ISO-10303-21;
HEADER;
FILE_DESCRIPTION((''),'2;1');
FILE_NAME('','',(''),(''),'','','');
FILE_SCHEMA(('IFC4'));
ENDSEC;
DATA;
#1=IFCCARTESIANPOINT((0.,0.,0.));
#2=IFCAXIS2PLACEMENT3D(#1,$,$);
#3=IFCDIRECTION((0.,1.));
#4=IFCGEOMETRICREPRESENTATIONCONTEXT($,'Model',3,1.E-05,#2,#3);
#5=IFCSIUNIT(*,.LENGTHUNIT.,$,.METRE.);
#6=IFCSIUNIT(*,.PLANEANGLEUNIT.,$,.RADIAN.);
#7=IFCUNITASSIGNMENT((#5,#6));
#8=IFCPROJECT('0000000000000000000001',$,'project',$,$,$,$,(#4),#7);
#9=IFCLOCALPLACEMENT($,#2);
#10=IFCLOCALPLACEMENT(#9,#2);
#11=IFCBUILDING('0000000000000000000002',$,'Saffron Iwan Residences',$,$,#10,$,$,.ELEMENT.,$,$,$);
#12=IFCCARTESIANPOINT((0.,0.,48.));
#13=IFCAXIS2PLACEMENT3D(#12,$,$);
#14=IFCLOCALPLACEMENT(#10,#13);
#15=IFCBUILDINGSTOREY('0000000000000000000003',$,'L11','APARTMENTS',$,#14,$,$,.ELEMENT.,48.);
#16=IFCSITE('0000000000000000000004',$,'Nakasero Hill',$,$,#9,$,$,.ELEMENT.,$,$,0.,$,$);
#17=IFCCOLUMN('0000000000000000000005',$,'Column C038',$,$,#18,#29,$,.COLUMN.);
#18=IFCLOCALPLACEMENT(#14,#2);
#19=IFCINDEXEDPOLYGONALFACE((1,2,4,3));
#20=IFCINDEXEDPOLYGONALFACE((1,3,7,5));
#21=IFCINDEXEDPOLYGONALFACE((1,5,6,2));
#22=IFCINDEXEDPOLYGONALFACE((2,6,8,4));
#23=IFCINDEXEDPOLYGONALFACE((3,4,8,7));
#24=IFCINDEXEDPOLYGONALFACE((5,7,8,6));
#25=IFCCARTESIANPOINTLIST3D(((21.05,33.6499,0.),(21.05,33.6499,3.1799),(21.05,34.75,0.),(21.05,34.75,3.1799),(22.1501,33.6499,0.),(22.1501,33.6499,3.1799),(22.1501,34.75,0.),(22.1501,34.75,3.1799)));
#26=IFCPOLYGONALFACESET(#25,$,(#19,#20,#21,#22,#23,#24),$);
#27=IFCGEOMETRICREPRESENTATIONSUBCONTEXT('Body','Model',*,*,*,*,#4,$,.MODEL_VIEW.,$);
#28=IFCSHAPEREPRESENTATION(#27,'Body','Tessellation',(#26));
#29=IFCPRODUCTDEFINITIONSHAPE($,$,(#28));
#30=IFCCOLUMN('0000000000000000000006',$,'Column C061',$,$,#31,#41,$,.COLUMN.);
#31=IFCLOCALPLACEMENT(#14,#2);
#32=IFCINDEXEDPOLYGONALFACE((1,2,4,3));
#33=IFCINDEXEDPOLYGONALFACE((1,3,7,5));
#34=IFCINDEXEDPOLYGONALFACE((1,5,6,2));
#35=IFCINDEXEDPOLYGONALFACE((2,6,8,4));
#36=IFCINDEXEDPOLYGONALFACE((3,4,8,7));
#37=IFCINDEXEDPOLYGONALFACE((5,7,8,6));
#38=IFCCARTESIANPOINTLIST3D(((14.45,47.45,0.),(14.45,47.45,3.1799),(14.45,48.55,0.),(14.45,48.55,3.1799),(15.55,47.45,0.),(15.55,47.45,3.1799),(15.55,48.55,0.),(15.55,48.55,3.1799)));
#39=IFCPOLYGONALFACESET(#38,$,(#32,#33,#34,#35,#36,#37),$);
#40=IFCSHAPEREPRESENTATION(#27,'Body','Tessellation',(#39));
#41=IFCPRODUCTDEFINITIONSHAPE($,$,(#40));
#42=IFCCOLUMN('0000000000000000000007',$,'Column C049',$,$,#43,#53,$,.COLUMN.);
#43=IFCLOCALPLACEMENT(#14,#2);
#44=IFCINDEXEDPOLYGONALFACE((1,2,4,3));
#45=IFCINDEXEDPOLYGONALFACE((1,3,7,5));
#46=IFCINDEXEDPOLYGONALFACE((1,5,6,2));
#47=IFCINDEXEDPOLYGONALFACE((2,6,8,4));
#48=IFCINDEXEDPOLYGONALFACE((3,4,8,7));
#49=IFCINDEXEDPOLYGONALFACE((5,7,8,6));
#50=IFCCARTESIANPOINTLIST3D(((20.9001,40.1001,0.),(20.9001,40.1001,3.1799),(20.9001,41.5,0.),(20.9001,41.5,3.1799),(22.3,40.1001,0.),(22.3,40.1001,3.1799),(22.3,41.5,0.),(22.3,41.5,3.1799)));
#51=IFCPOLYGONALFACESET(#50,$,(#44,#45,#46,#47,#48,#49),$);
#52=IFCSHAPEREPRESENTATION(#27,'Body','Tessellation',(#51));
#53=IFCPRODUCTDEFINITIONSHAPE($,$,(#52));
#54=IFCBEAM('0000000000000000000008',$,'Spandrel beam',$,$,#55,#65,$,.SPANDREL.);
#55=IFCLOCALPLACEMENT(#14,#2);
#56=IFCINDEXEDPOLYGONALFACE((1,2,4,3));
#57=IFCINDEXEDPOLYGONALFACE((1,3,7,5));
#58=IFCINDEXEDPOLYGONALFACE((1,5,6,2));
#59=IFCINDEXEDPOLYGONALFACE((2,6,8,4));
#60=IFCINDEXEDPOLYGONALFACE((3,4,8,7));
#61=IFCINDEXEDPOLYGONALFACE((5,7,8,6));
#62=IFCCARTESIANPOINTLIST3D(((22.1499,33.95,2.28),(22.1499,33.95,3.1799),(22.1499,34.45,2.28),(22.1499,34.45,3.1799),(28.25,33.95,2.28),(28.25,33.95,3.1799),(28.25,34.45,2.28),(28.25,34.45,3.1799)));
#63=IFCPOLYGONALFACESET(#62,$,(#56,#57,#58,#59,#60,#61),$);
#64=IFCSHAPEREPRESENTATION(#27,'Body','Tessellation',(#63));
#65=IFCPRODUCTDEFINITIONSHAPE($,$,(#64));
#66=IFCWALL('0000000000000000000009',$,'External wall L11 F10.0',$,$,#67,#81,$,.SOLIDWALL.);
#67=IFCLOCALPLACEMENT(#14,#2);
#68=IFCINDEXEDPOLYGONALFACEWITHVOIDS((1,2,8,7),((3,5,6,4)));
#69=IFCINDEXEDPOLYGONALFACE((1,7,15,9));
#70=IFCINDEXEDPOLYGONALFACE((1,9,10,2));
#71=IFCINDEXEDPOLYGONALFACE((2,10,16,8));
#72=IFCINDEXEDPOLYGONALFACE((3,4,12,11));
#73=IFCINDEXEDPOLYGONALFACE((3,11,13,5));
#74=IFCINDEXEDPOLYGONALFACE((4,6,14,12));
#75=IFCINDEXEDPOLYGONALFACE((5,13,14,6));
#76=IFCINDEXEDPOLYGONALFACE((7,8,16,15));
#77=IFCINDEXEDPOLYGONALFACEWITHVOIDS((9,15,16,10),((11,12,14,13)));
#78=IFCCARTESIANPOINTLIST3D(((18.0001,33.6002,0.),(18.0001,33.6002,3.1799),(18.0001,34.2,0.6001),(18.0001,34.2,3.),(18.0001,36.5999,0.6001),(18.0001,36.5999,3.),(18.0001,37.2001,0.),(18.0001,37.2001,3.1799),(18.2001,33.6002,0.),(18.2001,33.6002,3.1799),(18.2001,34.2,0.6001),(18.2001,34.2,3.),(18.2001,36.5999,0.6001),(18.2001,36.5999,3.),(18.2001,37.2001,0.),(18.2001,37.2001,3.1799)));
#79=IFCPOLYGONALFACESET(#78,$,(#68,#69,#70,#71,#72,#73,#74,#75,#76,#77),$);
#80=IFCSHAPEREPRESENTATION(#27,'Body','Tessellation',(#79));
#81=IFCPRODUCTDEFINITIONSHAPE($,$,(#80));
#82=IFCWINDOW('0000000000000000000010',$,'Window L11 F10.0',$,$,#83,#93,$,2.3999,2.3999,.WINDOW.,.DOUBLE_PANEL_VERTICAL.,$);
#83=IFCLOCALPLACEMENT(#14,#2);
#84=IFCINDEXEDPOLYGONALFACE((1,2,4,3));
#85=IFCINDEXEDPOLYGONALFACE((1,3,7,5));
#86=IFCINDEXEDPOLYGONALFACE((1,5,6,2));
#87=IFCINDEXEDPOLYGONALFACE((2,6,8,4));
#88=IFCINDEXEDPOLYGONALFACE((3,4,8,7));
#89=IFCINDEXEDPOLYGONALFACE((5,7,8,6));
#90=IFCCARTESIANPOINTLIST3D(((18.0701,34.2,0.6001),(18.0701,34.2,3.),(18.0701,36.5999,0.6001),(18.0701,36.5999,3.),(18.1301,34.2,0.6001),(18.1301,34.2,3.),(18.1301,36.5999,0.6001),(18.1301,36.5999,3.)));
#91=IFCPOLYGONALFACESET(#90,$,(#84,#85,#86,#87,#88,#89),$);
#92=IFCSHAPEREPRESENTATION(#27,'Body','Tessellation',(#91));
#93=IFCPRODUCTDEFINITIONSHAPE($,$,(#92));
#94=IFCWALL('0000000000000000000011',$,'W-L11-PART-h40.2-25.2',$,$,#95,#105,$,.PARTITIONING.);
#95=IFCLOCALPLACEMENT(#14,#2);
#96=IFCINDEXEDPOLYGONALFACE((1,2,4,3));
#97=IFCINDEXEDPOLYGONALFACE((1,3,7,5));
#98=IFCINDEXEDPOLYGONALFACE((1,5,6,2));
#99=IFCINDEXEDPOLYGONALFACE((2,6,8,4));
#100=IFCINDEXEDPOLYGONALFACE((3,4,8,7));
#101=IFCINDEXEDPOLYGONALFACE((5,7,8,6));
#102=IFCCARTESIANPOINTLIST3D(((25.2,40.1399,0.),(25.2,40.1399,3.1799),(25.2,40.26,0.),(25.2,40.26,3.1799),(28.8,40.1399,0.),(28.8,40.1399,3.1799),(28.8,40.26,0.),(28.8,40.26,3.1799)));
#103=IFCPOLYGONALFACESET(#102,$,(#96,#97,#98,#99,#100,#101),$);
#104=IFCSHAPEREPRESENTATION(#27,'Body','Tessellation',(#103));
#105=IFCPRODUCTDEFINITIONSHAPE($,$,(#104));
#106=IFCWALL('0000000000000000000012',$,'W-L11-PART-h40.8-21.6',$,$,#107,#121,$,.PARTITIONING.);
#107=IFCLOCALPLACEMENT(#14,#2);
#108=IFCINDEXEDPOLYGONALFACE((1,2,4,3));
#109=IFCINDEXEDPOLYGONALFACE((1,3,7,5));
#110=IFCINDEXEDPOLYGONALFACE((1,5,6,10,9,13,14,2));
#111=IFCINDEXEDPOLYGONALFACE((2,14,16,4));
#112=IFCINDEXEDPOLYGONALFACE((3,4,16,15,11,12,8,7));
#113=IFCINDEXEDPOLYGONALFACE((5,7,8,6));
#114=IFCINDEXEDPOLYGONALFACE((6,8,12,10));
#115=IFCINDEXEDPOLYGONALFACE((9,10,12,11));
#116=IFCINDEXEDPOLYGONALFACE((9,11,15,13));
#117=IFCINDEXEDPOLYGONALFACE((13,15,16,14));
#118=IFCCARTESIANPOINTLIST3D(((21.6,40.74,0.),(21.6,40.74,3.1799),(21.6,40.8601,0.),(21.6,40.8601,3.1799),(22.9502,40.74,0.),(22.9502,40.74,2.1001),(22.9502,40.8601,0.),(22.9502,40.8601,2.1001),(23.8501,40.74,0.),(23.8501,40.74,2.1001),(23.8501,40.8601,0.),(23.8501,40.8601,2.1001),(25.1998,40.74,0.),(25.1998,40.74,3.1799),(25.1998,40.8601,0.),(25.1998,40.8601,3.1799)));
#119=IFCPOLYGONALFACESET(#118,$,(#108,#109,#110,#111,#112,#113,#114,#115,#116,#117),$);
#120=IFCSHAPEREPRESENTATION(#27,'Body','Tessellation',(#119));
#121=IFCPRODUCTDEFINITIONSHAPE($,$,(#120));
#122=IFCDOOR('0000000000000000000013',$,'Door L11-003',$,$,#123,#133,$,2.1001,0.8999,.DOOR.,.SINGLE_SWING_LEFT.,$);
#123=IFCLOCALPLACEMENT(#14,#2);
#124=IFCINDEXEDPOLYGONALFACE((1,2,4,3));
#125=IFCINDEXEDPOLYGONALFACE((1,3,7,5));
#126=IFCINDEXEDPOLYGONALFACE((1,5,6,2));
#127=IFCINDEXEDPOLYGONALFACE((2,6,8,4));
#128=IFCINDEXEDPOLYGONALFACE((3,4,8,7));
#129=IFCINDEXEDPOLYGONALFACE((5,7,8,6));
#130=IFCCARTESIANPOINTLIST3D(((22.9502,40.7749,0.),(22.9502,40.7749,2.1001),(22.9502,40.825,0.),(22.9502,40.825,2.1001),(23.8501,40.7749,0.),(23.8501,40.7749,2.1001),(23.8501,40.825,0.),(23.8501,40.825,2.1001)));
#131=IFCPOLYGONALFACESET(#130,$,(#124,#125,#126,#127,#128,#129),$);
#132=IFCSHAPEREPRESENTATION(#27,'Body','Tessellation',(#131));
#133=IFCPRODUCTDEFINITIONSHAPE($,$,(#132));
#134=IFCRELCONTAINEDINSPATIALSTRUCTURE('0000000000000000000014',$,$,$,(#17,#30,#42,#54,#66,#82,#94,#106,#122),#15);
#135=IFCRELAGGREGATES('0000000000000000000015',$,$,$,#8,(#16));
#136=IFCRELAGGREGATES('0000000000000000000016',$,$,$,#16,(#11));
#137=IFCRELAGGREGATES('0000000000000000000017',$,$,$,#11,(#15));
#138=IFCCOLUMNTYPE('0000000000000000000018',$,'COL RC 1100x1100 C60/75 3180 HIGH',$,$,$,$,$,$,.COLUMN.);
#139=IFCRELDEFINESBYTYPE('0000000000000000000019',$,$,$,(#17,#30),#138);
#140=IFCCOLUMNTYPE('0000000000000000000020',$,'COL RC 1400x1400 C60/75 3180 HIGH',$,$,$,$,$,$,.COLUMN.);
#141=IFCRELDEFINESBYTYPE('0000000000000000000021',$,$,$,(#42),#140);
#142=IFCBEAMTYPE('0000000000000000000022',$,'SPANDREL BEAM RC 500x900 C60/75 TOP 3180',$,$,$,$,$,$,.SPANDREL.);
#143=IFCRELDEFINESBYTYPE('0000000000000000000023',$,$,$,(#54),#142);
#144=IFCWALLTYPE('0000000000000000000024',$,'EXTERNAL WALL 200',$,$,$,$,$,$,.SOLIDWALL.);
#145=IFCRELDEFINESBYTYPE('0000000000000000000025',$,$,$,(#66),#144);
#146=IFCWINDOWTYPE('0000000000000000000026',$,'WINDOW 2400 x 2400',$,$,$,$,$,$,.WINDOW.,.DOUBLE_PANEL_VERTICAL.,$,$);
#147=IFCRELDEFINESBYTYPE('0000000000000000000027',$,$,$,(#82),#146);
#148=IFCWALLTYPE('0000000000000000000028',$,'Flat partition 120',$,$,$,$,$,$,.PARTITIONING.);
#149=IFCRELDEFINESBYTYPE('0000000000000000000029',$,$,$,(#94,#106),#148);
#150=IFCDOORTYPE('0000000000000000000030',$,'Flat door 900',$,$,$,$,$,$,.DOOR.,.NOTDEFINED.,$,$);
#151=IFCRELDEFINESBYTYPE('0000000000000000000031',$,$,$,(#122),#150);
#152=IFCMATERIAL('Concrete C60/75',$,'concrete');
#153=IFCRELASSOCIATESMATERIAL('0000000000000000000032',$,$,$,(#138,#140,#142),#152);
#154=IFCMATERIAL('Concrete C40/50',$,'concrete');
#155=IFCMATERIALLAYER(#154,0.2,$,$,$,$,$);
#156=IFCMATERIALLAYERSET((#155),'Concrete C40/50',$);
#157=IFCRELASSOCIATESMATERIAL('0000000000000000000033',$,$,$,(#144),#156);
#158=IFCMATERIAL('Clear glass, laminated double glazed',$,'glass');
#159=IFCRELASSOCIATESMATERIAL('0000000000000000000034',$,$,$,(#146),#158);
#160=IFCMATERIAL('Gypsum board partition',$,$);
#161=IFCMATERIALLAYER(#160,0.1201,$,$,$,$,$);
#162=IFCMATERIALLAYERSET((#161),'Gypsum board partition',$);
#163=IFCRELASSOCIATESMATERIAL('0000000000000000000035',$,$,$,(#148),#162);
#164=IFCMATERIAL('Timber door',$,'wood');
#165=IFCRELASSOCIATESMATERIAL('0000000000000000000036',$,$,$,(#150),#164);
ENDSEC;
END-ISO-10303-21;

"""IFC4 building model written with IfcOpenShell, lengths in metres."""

from ifc_helpers import new_model, si_unit, direction, frame, frame_2d, origin, origin_2d, place, context, subcontext, project, spatial, rectangle, extrude, source, transform, mapped, material, layer, layer_set, material_profile, profile_set, type_object, element, fill, save


model = new_model("IFC4")

# Units and contexts
model_context = context("Model", 3, precision=1e-05, world=origin(), true_north=direction((0.0, 1.0)))
body_context = subcontext(model_context, "Body", "Model", "MODEL_VIEW")
ifc_project = project(units=[si_unit("LENGTHUNIT", "METRE"), si_unit("PLANEANGLEUNIT", "RADIAN")], contexts=[model_context])

# Site, building, storey
site_placement = place(None, origin())
site = spatial("IfcSite", under=ifc_project, at=site_placement, Name="Nakasero Hill", CompositionType="ELEMENT", RefElevation=0.0)
building_placement = place(site_placement, origin())
building = spatial("IfcBuilding", under=site, at=building_placement, Name="Saffron Iwan Residences", CompositionType="ELEMENT")
storey_placement = place(building_placement, frame((0.0, 0.0, 48.0)))
storey = spatial("IfcBuildingStorey", under=building, at=storey_placement, Name="L11", Description="APARTMENTS", CompositionType="ELEMENT", Elevation=48.0)

# Columns
ifc_material_1 = material(Name="Concrete C60/75", Category="concrete")
ifc_material_profile_1 = material_profile(ifc_material_1, rectangle(XDim=1.1001, YDim=1.1001, at=origin_2d()), Name="RC 1100x1100")
ifc_profile_set_1 = profile_set([ifc_material_profile_1], Name="Concrete C60/75")
column_type_1 = type_object("IfcColumnType", Name="COL RC 1100x1100 C60/75 3180 HIGH", PredefinedType="COLUMN", material=ifc_profile_set_1)
shared_shape_1 = source(origin(), body_context, "Body", "SweptSolid", [
    extrude(rectangle(XDim=1.1001, YDim=1.1001, at=origin_2d()), origin(), (0.0, 0.0, 1.0), 3.1799),
])
for number, where, z_axis, x_axis, name in (
    (1, (21.6001, 34.2, 0.0), (0.0, 0.0, 1.0), (1.0, 0.0, 0.0), "Column C038"),
    (2, (15.0, 48.0, 0.0), (0.0, 0.0, 1.0), (1.0, 0.0, 0.0), "Column C061"),
):
    element("IfcColumn", number, at=place(storey_placement, frame(where, z_axis=z_axis, x_axis=x_axis)), inside=storey, type_object=column_type_1, Name=name, PredefinedType="COLUMN", context=body_context, shape_type="MappedRepresentation", body=[
        mapped(shared_shape_1, transform((0.0, 0.0, 0.0))),
    ])
ifc_material_profile_2 = material_profile(ifc_material_1, rectangle(XDim=1.3999, YDim=1.3999, at=origin_2d()), Name="RC 1400x1400")
ifc_profile_set_2 = profile_set([ifc_material_profile_2], Name="Concrete C60/75")
column_type_2 = type_object("IfcColumnType", Name="COL RC 1400x1400 C60/75 3180 HIGH", PredefinedType="COLUMN", material=ifc_profile_set_2)
shared_shape_2 = source(origin(), body_context, "Body", "SweptSolid", [
    extrude(rectangle(XDim=1.3999, YDim=1.3999, at=origin_2d()), origin(), (0.0, 0.0, 1.0), 3.1799),
])
column_placement = place(storey_placement, frame((21.6001, 40.8, 0.0), z_axis=(0.0, 0.0, 1.0), x_axis=(1.0, 0.0, 0.0)))
element("IfcColumn", 3, at=column_placement, inside=storey, type_object=column_type_2, Name="Column C049", PredefinedType="COLUMN", context=body_context, shape_type="MappedRepresentation", body=[
    mapped(shared_shape_2, transform((0.0, 0.0, 0.0))),
])

# Beam
ifc_material_profile_3 = material_profile(ifc_material_1, rectangle(XDim=0.5, YDim=0.8999, at=origin_2d()), Name="RC 500x900")
ifc_profile_set_3 = profile_set([ifc_material_profile_3], Name="Concrete C60/75")
beam_type = type_object("IfcBeamType", Name="SPANDREL BEAM RC 500x900 C60/75 TOP 3180", PredefinedType="SPANDREL", material=ifc_profile_set_3)
shared_shape_3 = source(origin(), body_context, "Body", "SweptSolid", [
    extrude(rectangle(XDim=0.5, YDim=0.8999, at=origin_2d()), origin(), (0.0, 0.0, 1.0), 6.1001),
])
beam_placement = place(storey_placement, frame((28.25, 34.2, 2.73), z_axis=(-1.0, 0.0, 0.0), x_axis=(0.0, -1.0, 0.0)))
element("IfcBeam", 4, at=beam_placement, inside=storey, type_object=beam_type, Name="Spandrel beam", PredefinedType="SPANDREL", context=body_context, shape_type="MappedRepresentation", body=[
    mapped(shared_shape_3, transform((0.0, 0.0, 0.0))),
])

# Wall, opening, window
ifc_material_2 = material(Name="Concrete C40/50", Category="concrete")
ifc_layer_1 = layer(ifc_material_2, 0.2)
ifc_layer_set_1 = layer_set([ifc_layer_1], Name="Concrete C40/50")
wall_type_1 = type_object("IfcWallType", Name="EXTERNAL WALL 200", PredefinedType="SOLIDWALL", material=ifc_layer_set_1)
wall_1_placement = place(storey_placement, frame((18.1001, 37.2, 0.0), z_axis=(0.0, 0.0, 1.0), x_axis=(0.0, -1.0, 0.0)))
wall_1 = element("IfcWall", 5, at=wall_1_placement, inside=storey, type_object=wall_type_1, Name="External wall L11 F10.0", PredefinedType="SOLIDWALL", context=body_context, shape_type="SweptSolid", body=[
    extrude(rectangle(XDim=3.5999, YDim=0.2, at=frame_2d((1.7998, 0.0))), origin(), (0.0, 0.0, 1.0), 3.1799),
])
opening_1_placement = place(wall_1_placement, frame((0.6001, 0.0, 0.6001)))
opening_1 = element("IfcOpeningElement", 6, at=opening_1_placement, cuts=wall_1, PredefinedType="OPENING", context=body_context, shape_type="SweptSolid", body=[
    extrude(rectangle(XDim=2.3999, YDim=2.3999, at=frame_2d((1.2, 1.2))), frame((0.0, 0.1099, 0.0), z_axis=(0.0, -1.0, 0.0), x_axis=(1.0, 0.0, 0.0)), (0.0, 0.0, 1.0), 0.22),
])
ifc_material_3 = material(Name="Clear glass, laminated double glazed", Category="glass")
window_type = type_object("IfcWindowType", Name="WINDOW 2400 x 2400", PartitioningType="DOUBLE_PANEL_VERTICAL", PredefinedType="WINDOW", material=ifc_material_3)
window_placement = place(opening_1_placement, origin())
window = element("IfcWindow", 7, at=window_placement, inside=storey, type_object=window_type, Name="Window L11 F10.0", OverallHeight=2.3999, OverallWidth=2.3999, PartitioningType="DOUBLE_PANEL_VERTICAL", PredefinedType="WINDOW", context=body_context, shape_type="SweptSolid", body=[
    extrude(rectangle(XDim=2.3999, YDim=2.3999, at=frame_2d((1.2, 1.2))), frame((0.0, 0.03, 0.0), z_axis=(0.0, -1.0, 0.0), x_axis=(1.0, 0.0, 0.0)), (0.0, 0.0, 1.0), 0.0601),
])
fill(opening_1, window)

# Wall
ifc_material_4 = material(Name="Gypsum board partition")
ifc_layer_2 = layer(ifc_material_4, 0.1201)
ifc_layer_set_2 = layer_set([ifc_layer_2], Name="Gypsum board partition")
wall_type_2 = type_object("IfcWallType", Name="Flat partition 120", PredefinedType="PARTITIONING", material=ifc_layer_set_2)
wall_2_placement = place(storey_placement, frame((25.2, 40.2, 0.0), z_axis=(0.0, 0.0, 1.0), x_axis=(1.0, 0.0, 0.0)))
element("IfcWall", 8, at=wall_2_placement, inside=storey, type_object=wall_type_2, Name="W-L11-PART-h40.2-25.2", PredefinedType="PARTITIONING", context=body_context, shape_type="SweptSolid", body=[
    extrude(rectangle(XDim=3.6001, YDim=0.1201, at=frame_2d((1.8, 0.0))), origin(), (0.0, 0.0, 1.0), 3.1799),
])

# Wall, opening, door
wall_3_placement = place(storey_placement, frame((21.6001, 40.8, 0.0), z_axis=(0.0, 0.0, 1.0), x_axis=(1.0, 0.0, 0.0)))
wall_3 = element("IfcWall", 9, at=wall_3_placement, inside=storey, type_object=wall_type_2, Name="W-L11-PART-h40.8-21.6", PredefinedType="PARTITIONING", context=body_context, shape_type="SweptSolid", body=[
    extrude(rectangle(XDim=3.5999, YDim=0.1201, at=frame_2d((1.7998, 0.0))), origin(), (0.0, 0.0, 1.0), 3.1799),
])
opening_2_placement = place(wall_3_placement, frame((1.3501, 0.0, 0.0)))
opening_2 = element("IfcOpeningElement", 10, at=opening_2_placement, cuts=wall_3, PredefinedType="OPENING", context=body_context, shape_type="SweptSolid", body=[
    extrude(rectangle(XDim=0.8999, YDim=2.1001, at=frame_2d((0.45, 1.05))), frame((0.0, 0.0701, 0.0), z_axis=(0.0, -1.0, 0.0), x_axis=(1.0, 0.0, 0.0)), (0.0, 0.0, 1.0), 0.1401),
])
ifc_material_5 = material(Name="Timber door", Category="wood")
door_type_1 = type_object("IfcDoorType", Name="Flat door 900", OperationType="NOTDEFINED", PredefinedType="DOOR", material=ifc_material_5)
door_1_placement = place(opening_2_placement, origin())
door_1 = element("IfcDoor", 11, at=door_1_placement, inside=storey, type_object=door_type_1, Name="Door L11-003", OperationType="SINGLE_SWING_LEFT", OverallHeight=2.1001, OverallWidth=0.8999, PredefinedType="DOOR", context=body_context, shape_type="SweptSolid", body=[
    extrude(rectangle(XDim=0.8999, YDim=2.1001, at=frame_2d((0.45, 1.05))), frame((0.0, 0.0249, 0.0), z_axis=(0.0, -1.0, 0.0), x_axis=(1.0, 0.0, 0.0)), (0.0, 0.0, 1.0), 0.05),
])
fill(opening_2, door_1)

save(model, "model.ifc")
